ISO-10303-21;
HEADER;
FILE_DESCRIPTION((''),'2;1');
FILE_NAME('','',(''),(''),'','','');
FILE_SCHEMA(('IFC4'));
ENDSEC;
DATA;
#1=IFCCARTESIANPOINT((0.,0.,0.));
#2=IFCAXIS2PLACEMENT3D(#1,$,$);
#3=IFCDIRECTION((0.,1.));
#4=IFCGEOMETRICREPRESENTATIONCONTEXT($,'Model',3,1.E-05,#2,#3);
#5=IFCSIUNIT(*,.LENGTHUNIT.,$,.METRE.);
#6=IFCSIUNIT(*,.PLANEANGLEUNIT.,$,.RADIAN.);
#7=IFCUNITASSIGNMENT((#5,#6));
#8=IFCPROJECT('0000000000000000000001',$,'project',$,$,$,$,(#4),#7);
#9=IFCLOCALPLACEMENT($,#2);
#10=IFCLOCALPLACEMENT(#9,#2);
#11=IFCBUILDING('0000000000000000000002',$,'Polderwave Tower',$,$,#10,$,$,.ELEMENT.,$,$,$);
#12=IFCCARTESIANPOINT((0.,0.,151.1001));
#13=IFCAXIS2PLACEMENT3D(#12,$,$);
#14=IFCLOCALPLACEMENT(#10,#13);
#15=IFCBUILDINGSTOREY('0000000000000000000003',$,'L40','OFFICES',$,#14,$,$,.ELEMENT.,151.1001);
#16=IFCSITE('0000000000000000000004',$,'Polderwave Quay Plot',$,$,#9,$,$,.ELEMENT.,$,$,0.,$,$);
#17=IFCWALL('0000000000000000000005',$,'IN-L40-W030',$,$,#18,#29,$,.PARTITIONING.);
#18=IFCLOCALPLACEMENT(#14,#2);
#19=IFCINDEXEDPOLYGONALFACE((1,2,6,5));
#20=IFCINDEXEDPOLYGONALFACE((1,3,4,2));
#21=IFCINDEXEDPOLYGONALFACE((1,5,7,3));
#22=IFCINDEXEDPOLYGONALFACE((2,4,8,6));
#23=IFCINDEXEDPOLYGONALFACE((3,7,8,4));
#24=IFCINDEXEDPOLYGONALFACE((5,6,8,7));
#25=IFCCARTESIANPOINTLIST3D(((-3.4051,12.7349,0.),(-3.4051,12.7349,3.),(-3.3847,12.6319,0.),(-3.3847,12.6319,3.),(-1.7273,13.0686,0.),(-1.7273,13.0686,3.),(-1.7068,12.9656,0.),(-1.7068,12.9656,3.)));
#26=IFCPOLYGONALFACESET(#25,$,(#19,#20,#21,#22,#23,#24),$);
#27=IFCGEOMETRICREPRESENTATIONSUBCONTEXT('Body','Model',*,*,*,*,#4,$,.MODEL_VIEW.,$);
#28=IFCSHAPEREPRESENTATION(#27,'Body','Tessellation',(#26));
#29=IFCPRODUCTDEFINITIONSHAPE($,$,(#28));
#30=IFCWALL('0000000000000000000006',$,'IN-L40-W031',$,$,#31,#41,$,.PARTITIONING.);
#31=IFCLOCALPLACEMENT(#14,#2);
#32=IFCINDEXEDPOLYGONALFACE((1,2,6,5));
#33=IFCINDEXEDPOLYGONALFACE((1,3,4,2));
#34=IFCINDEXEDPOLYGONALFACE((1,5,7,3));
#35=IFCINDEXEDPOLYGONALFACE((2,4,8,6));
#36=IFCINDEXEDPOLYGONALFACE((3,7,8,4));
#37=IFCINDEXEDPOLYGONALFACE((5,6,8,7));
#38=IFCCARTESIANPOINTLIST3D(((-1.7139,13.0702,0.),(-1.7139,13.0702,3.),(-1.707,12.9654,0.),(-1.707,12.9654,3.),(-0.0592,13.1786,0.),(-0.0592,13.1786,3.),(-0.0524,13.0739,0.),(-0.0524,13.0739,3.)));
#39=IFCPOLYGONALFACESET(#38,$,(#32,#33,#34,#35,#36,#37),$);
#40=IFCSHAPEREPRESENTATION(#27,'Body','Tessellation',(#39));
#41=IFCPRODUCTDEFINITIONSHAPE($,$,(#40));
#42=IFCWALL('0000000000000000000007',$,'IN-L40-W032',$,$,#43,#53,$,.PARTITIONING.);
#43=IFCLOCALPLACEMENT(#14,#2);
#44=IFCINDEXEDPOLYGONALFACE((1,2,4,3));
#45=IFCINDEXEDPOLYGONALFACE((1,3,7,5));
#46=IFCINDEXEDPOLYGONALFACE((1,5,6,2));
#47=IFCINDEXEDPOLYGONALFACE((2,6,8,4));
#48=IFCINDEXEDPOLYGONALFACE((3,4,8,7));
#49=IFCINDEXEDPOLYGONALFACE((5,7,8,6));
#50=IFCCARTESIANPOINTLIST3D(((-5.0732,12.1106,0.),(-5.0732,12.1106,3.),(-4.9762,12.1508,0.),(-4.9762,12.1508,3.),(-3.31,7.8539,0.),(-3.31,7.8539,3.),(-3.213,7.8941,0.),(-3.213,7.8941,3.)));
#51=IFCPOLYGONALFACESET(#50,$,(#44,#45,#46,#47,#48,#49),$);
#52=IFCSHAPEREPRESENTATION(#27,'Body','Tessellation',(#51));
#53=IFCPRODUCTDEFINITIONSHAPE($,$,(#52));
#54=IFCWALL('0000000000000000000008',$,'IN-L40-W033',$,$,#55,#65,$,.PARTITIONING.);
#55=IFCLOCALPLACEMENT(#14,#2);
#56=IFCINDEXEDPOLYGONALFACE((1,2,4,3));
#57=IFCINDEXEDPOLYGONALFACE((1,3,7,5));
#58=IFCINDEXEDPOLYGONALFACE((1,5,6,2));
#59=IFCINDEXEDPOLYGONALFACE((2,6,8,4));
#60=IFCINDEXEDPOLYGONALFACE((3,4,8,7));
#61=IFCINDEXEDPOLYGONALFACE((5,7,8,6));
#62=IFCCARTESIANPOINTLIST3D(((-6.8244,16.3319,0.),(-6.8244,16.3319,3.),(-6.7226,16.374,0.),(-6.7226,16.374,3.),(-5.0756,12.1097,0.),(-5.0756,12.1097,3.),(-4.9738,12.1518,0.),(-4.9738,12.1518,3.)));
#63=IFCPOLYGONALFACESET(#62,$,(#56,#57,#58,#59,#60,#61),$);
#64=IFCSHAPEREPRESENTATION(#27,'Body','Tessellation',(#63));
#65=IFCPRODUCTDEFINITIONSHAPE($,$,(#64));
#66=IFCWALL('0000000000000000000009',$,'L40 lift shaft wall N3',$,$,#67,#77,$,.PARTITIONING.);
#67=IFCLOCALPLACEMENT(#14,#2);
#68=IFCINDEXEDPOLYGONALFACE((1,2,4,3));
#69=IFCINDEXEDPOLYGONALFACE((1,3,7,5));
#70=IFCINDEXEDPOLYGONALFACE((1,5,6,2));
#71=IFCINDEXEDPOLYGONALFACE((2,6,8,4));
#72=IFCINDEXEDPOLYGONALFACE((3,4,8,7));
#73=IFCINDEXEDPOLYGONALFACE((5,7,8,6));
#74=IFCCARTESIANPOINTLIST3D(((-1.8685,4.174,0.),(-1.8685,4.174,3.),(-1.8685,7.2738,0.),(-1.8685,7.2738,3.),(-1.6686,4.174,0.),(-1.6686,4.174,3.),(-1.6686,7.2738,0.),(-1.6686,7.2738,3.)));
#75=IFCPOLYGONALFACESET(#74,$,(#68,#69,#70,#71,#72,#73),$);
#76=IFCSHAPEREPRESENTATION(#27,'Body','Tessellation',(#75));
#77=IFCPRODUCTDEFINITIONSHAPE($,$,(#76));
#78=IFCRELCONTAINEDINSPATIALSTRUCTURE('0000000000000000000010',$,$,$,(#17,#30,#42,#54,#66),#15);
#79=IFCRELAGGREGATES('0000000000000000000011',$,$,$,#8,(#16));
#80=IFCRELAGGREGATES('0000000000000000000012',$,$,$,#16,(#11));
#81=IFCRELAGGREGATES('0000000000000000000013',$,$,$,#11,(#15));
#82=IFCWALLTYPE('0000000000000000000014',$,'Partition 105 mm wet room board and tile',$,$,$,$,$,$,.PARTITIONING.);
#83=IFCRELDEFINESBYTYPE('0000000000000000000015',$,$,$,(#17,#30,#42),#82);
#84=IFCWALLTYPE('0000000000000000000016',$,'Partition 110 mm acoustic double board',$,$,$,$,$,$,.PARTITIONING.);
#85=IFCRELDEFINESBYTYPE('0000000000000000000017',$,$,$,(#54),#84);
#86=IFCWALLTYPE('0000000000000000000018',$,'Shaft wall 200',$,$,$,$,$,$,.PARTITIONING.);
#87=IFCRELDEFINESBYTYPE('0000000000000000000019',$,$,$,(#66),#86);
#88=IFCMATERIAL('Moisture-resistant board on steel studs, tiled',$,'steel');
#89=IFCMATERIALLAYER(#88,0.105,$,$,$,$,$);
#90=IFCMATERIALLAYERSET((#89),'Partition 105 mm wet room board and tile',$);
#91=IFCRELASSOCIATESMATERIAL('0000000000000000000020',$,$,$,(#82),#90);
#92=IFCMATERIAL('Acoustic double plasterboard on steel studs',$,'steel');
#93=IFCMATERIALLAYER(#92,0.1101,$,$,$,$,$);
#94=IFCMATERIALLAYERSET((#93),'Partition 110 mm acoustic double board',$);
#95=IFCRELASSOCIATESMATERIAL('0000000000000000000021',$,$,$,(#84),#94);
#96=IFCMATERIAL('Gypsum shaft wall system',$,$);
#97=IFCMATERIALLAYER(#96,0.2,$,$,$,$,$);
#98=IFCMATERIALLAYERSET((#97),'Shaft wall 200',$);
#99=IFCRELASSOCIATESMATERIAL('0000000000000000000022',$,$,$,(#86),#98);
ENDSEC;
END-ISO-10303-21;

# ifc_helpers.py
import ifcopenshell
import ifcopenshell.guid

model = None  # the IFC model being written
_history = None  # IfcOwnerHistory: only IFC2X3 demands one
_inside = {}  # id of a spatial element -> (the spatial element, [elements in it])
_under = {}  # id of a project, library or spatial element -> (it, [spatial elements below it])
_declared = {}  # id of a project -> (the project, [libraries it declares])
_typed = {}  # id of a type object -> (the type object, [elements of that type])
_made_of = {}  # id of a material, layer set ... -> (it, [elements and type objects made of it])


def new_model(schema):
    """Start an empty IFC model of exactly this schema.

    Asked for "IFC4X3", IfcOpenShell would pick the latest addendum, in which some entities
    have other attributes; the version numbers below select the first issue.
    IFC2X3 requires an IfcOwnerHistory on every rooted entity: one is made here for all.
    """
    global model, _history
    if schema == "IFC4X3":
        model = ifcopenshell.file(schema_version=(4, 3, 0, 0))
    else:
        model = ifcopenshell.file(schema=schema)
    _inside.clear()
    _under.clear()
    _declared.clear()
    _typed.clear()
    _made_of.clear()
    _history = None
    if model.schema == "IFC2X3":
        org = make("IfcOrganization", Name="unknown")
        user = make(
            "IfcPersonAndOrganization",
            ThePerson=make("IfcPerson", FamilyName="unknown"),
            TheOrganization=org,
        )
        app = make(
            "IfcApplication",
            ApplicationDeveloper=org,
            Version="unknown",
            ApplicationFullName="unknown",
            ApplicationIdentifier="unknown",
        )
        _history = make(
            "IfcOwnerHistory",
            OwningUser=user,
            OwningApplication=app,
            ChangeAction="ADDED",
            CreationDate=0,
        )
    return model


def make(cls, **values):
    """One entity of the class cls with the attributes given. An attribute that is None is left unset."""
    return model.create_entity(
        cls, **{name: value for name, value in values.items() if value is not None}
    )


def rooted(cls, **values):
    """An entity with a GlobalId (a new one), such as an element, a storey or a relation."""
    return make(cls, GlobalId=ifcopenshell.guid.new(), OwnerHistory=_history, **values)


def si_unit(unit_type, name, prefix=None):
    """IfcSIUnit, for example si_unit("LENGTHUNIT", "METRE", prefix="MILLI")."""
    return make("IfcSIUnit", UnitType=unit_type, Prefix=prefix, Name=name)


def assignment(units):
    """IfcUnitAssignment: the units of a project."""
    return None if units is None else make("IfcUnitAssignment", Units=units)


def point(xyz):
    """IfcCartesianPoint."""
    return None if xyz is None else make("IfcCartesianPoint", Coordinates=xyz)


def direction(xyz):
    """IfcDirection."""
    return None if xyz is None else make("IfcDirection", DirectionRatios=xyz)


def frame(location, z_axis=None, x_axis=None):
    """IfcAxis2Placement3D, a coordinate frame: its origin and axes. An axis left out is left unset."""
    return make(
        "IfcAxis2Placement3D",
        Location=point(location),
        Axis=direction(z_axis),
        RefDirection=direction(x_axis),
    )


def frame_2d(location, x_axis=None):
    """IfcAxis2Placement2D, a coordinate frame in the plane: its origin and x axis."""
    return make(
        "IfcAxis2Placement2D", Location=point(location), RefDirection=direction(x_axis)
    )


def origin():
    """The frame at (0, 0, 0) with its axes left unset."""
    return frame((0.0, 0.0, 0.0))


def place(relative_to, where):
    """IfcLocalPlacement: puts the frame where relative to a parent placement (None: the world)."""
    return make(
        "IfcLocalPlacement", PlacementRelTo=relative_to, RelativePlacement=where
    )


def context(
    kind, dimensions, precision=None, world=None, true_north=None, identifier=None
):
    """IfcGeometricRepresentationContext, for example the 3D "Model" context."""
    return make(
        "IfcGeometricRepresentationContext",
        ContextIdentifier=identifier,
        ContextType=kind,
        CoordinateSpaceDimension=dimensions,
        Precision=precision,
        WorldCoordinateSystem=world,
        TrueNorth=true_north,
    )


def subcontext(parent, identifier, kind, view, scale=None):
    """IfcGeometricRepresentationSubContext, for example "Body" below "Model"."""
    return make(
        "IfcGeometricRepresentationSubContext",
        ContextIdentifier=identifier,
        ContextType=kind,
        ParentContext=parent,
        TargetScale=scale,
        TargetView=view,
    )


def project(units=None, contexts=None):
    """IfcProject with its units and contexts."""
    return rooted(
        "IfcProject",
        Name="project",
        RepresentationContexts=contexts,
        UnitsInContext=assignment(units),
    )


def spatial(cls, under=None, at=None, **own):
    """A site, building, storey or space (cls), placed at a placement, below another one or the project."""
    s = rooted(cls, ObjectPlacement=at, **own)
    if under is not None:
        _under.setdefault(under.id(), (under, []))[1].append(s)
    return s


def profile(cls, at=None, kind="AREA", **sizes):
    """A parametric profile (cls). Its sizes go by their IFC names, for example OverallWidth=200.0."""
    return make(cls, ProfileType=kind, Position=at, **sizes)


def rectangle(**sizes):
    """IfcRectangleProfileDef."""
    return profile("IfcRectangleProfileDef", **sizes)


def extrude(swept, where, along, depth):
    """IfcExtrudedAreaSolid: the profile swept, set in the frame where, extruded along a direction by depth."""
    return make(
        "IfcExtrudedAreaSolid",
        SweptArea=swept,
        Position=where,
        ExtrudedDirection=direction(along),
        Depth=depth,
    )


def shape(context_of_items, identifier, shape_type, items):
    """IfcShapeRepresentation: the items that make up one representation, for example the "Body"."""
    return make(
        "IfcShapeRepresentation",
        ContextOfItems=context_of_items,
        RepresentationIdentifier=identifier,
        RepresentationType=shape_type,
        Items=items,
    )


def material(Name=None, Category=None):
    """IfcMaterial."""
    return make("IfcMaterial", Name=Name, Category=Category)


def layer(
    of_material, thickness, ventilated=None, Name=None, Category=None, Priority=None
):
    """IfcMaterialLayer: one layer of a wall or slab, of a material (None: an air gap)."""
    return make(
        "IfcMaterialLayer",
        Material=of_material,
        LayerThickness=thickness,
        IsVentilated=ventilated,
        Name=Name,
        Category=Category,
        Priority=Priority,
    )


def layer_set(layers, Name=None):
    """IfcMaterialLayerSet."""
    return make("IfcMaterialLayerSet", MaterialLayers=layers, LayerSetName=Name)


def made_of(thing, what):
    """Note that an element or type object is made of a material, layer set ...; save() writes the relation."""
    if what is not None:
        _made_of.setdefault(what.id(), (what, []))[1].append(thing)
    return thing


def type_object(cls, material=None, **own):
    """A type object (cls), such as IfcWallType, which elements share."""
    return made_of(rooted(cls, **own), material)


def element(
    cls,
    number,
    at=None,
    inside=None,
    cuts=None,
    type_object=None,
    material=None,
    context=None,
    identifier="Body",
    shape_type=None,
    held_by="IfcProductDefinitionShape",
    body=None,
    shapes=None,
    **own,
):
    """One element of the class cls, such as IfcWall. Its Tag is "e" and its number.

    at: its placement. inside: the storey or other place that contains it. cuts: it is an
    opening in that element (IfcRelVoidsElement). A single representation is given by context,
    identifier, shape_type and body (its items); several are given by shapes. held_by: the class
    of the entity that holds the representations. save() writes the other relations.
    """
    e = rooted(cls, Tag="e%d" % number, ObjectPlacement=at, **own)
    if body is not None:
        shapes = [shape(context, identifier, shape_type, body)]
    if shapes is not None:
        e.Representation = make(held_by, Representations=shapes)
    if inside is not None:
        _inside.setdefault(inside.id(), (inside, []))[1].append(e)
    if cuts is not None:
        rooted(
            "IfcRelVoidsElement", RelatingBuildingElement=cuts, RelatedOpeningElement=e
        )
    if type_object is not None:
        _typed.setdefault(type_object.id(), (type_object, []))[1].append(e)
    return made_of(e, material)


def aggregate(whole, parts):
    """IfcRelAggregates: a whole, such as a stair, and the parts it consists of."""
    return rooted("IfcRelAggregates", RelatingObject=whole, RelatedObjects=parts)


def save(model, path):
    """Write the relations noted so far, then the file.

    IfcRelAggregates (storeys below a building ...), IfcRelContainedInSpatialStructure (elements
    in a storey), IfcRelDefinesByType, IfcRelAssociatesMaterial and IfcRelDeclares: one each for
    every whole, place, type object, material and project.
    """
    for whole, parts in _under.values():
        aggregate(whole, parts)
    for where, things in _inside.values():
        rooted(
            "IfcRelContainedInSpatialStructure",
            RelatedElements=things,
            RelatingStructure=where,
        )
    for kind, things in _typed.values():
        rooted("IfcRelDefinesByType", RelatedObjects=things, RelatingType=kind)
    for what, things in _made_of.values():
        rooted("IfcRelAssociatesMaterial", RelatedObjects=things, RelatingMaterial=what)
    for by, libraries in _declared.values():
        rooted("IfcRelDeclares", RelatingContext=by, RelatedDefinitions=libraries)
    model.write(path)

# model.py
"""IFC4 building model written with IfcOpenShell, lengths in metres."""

from ifc_helpers import new_model, si_unit, direction, frame, frame_2d, origin, place, context, subcontext, project, spatial, rectangle, extrude, material, layer, layer_set, type_object, element, save


model = new_model("IFC4")

# Units and contexts
model_context = context("Model", 3, precision=1e-05, world=origin(), true_north=direction((0.0, 1.0)))
body_context = subcontext(model_context, "Body", "Model", "MODEL_VIEW")
ifc_project = project(units=[si_unit("LENGTHUNIT", "METRE"), si_unit("PLANEANGLEUNIT", "RADIAN")], contexts=[model_context])

# Site, building, storey
site_placement = place(None, origin())
site = spatial("IfcSite", under=ifc_project, at=site_placement, Name="Polderwave Quay Plot", CompositionType="ELEMENT", RefElevation=0.0)
building_placement = place(site_placement, origin())
building = spatial("IfcBuilding", under=site, at=building_placement, Name="Polderwave Tower", CompositionType="ELEMENT")
storey_placement = place(building_placement, frame((0.0, 0.0, 151.1001)))
storey = spatial("IfcBuildingStorey", under=building, at=storey_placement, Name="L40", Description="OFFICES", CompositionType="ELEMENT", Elevation=151.1001)

# Walls
ifc_material_1 = material(Name="Moisture-resistant board on steel studs, tiled", Category="steel")
ifc_layer_1 = layer(ifc_material_1, 0.105)
ifc_layer_set_1 = layer_set([ifc_layer_1], Name="Partition 105 mm wet room board and tile")
wall_type_1 = type_object("IfcWallType", Name="Partition 105 mm wet room board and tile", PredefinedType="PARTITIONING", material=ifc_layer_set_1)
wall_1_placement = place(storey_placement, frame((-3.395, 12.6833, 0.0), z_axis=(0.0, 0.0, 1.0), x_axis=(0.980783, 0.195101, 0.0)))
element("IfcWall", 1, at=wall_1_placement, inside=storey, type_object=wall_type_1, Name="IN-L40-W030", PredefinedType="PARTITIONING", context=body_context, shape_type="SweptSolid", body=[
    extrude(rectangle(XDim=1.7107, YDim=0.105, at=frame_2d((0.8555, 0.0))), origin(), (0.0, 0.0, 1.0), 3.0),
])
wall_2_placement = place(storey_placement, frame((-1.7104, 13.0178, 0.0), z_axis=(0.0, 0.0, 1.0), x_axis=(0.997861, 0.065376, 0.0)))
element("IfcWall", 2, at=wall_2_placement, inside=storey, type_object=wall_type_1, Name="IN-L40-W031", PredefinedType="PARTITIONING", context=body_context, shape_type="SweptSolid", body=[
    extrude(rectangle(XDim=1.6582, YDim=0.105, at=frame_2d((0.8291, 0.0))), origin(), (0.0, 0.0, 1.0), 3.0),
])
wall_3_placement = place(storey_placement, frame((-3.2615, 7.874, 0.0), z_axis=(0.0, 0.0, 1.0), x_axis=(-0.382692, 0.923876, 0.0)))
element("IfcWall", 3, at=wall_3_placement, inside=storey, type_object=wall_type_1, Name="IN-L40-W032", PredefinedType="PARTITIONING", context=body_context, shape_type="SweptSolid", body=[
    extrude(rectangle(XDim=4.6074, YDim=0.105, at=frame_2d((2.3037, 0.0))), origin(), (0.0, 0.0, 1.0), 3.0),
])
ifc_material_2 = material(Name="Acoustic double plasterboard on steel studs", Category="steel")
ifc_layer_2 = layer(ifc_material_2, 0.1101)
ifc_layer_set_2 = layer_set([ifc_layer_2], Name="Partition 110 mm acoustic double board")
wall_type_2 = type_object("IfcWallType", Name="Partition 110 mm acoustic double board", PredefinedType="PARTITIONING", material=ifc_layer_set_2)
wall_4_placement = place(storey_placement, frame((-5.0247, 12.1306, 0.0), z_axis=(0.0, 0.0, 1.0), x_axis=(-0.382665, 0.923887, 0.0)))
element("IfcWall", 4, at=wall_4_placement, inside=storey, type_object=wall_type_2, Name="IN-L40-W033", PredefinedType="PARTITIONING", context=body_context, shape_type="SweptSolid", body=[
    extrude(rectangle(XDim=4.5701, YDim=0.1101, at=frame_2d((2.2852, 0.0))), origin(), (0.0, 0.0, 1.0), 3.0),
])
ifc_material_3 = material(Name="Gypsum shaft wall system")
ifc_layer_3 = layer(ifc_material_3, 0.2)
ifc_layer_set_3 = layer_set([ifc_layer_3], Name="Shaft wall 200")
wall_type_3 = type_object("IfcWallType", Name="Shaft wall 200", PredefinedType="PARTITIONING", material=ifc_layer_set_3)
wall_5_placement = place(storey_placement, frame((-1.7686, 4.1741, 0.0), z_axis=(0.0, 0.0, 1.0), x_axis=(0.0, 1.0, 0.0)))
element("IfcWall", 5, at=wall_5_placement, inside=storey, type_object=wall_type_3, Name="L40 lift shaft wall N3", PredefinedType="PARTITIONING", context=body_context, shape_type="SweptSolid", body=[
    extrude(rectangle(XDim=3.0999, YDim=0.2, at=frame_2d((1.5498, 0.0))), origin(), (0.0, 0.0, 1.0), 3.0),
])

save(model, "model.ifc")
